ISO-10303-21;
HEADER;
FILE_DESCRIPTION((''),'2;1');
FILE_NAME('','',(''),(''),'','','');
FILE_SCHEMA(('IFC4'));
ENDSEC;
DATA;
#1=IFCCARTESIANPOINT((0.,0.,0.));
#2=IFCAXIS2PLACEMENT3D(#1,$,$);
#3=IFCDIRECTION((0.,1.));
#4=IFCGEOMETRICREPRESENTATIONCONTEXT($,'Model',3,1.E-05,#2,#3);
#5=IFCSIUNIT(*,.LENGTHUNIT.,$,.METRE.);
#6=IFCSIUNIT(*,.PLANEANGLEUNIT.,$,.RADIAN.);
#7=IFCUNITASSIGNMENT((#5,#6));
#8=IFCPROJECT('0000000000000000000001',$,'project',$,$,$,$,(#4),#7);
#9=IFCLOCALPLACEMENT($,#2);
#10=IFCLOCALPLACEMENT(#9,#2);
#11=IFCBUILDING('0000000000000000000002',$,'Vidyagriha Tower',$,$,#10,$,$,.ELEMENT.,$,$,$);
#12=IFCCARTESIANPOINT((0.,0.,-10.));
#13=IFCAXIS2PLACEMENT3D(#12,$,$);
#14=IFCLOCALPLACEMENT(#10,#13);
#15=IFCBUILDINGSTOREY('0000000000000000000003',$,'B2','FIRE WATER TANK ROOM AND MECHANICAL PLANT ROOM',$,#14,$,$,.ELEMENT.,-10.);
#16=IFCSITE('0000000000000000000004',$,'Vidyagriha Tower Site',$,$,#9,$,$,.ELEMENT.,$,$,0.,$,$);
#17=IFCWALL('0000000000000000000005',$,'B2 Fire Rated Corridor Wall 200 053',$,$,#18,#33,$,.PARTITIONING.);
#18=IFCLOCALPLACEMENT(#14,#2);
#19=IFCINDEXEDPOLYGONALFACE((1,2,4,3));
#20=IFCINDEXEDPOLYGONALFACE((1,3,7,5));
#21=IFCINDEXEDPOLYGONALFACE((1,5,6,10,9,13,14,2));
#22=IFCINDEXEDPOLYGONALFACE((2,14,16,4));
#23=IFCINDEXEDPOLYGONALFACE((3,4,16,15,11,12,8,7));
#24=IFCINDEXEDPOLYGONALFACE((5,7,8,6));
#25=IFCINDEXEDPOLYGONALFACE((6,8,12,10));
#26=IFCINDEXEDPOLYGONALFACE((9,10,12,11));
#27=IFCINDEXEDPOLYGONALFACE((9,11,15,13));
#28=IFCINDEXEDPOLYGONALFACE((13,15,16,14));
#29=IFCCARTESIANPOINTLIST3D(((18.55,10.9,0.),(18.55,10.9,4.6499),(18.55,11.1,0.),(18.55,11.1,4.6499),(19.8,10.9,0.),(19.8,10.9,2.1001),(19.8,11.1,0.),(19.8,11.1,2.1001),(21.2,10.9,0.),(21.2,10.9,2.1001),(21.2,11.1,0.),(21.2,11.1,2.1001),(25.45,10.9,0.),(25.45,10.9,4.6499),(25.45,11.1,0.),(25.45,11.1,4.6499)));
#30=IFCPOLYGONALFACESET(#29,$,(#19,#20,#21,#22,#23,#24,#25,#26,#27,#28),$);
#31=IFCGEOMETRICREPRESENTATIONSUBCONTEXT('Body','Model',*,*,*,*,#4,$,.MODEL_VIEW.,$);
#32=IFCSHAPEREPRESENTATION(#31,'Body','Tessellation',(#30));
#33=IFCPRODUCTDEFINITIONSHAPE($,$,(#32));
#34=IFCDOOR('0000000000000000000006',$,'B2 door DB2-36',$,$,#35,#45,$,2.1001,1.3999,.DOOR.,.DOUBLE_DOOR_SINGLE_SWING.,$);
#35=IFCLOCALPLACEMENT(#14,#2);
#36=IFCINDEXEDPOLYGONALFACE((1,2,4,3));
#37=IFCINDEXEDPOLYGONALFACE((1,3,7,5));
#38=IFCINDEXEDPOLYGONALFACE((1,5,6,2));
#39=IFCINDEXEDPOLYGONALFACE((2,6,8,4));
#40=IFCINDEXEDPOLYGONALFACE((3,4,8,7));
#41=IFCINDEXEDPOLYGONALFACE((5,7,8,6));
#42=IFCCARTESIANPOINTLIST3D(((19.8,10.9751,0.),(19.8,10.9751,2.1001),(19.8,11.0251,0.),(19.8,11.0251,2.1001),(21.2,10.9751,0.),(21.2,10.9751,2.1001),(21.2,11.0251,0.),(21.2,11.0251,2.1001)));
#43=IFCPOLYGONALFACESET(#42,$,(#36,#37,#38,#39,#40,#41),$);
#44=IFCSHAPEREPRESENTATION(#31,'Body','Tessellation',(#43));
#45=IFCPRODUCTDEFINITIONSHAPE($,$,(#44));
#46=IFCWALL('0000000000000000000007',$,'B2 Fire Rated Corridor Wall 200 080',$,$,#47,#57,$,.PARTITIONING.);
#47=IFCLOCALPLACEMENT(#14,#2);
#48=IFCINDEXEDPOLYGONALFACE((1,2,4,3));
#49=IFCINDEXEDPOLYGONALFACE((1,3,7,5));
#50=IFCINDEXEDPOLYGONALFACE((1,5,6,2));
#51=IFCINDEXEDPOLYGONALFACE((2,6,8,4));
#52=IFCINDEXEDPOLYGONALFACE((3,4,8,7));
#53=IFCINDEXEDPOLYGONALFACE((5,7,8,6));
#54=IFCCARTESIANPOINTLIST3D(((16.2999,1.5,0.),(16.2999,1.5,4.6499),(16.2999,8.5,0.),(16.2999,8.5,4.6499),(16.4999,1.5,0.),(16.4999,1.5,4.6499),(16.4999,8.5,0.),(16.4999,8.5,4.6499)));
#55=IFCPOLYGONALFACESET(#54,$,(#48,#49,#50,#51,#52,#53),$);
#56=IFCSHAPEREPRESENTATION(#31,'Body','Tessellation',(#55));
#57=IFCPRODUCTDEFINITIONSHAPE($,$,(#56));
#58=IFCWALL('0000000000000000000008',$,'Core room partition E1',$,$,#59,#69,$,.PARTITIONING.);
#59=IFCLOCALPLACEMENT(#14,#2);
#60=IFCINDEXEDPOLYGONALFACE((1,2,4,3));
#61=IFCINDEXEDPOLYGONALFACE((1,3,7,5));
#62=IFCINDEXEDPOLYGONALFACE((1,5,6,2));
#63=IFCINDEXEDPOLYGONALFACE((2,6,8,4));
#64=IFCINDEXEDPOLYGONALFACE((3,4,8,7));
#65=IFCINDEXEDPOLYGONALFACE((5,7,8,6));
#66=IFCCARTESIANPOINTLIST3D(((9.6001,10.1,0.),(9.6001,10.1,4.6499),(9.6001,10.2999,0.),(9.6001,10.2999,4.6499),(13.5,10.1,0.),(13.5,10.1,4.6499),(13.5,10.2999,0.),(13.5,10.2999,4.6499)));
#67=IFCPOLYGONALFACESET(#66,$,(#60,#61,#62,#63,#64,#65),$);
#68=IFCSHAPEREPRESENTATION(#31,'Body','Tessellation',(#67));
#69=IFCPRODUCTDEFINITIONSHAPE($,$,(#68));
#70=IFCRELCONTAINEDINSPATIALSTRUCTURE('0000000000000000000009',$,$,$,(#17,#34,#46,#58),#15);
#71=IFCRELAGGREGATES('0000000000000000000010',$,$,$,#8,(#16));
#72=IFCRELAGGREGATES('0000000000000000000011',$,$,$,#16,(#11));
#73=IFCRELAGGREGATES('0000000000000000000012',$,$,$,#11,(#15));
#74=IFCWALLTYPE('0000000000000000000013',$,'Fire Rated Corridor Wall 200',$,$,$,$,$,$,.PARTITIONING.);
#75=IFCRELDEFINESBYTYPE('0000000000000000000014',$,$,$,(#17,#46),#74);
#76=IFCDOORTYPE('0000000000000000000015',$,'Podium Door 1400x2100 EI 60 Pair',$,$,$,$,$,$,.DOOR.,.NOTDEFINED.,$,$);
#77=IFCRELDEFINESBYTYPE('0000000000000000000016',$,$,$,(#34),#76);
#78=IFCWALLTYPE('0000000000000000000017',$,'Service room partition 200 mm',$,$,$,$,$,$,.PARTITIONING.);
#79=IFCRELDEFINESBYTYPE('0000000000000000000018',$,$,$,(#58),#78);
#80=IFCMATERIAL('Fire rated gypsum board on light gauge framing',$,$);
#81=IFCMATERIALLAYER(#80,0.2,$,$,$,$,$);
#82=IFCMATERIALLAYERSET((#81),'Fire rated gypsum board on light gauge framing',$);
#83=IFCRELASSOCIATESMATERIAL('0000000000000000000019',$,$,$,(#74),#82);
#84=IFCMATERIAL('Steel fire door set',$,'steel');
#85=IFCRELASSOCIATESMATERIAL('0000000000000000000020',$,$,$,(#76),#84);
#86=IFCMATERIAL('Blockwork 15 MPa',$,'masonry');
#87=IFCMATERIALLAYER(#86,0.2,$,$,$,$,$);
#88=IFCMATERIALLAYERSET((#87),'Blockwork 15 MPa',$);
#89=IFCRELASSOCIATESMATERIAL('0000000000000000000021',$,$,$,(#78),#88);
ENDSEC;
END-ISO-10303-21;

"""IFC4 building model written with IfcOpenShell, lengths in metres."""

from ifc_helpers import new_model, si_unit, direction, frame, frame_2d, origin, place, context, subcontext, project, spatial, rectangle, extrude, material, layer, layer_set, type_object, element, fill, save


model = new_model("IFC4")

# Units and contexts
model_context = context("Model", 3, precision=1e-05, world=origin(), true_north=direction((0.0, 1.0)))
body_context = subcontext(model_context, "Body", "Model", "MODEL_VIEW")
ifc_project = project(units=[si_unit("LENGTHUNIT", "METRE"), si_unit("PLANEANGLEUNIT", "RADIAN")], contexts=[model_context])

# Site, building, storey
site_placement = place(None, origin())
site = spatial("IfcSite", under=ifc_project, at=site_placement, Name="Vidyagriha Tower Site", CompositionType="ELEMENT", RefElevation=0.0)
building_placement = place(site_placement, origin())
building = spatial("IfcBuilding", under=site, at=building_placement, Name="Vidyagriha Tower", CompositionType="ELEMENT")
storey_placement = place(building_placement, frame((0.0, 0.0, -10.0)))
storey = spatial("IfcBuildingStorey", under=building, at=storey_placement, Name="B2", Description="FIRE WATER TANK ROOM AND MECHANICAL PLANT ROOM", CompositionType="ELEMENT", Elevation=-10.0)

# Shared definitions
ifc_material_1 = material(Name="Fire rated gypsum board on light gauge framing")
ifc_layer_1 = layer(ifc_material_1, 0.2)
ifc_layer_set_1 = layer_set([ifc_layer_1], Name="Fire rated gypsum board on light gauge framing")
wall_type_1 = type_object("IfcWallType", Name="Fire Rated Corridor Wall 200", PredefinedType="PARTITIONING", material=ifc_layer_set_1)

# Shared definitions
ifc_material_2 = material(Name="Steel fire door set", Category="steel")
door_type_1 = type_object("IfcDoorType", Name="Podium Door 1400x2100 EI 60 Pair", OperationType="NOTDEFINED", PredefinedType="DOOR", material=ifc_material_2)

# Wall, opening, door
wall_1_placement = place(storey_placement, frame((18.55, 11.0, 0.0)))
wall_1 = element("IfcWall", 1, at=wall_1_placement, inside=storey, type_object=wall_type_1, Name="B2 Fire Rated Corridor Wall 200 053", PredefinedType="PARTITIONING", context=body_context, shape_type="SweptSolid", body=[
    extrude(rectangle(XDim=6.8999, YDim=0.2, at=frame_2d((3.45, 0.0))), origin(), (0.0, 0.0, 1.0), 4.6499),
])
opening_1_placement = place(wall_1_placement, frame((1.25, 0.0, 0.0)))
opening_1 = element("IfcOpeningElement", 2, at=opening_1_placement, cuts=wall_1, PredefinedType="OPENING", context=body_context, shape_type="SweptSolid", body=[
    extrude(rectangle(XDim=1.3999, YDim=2.1001, at=frame_2d((0.7, 1.05))), frame((0.0, 0.1099, 0.0), z_axis=(0.0, -1.0, 0.0), x_axis=(1.0, 0.0, 0.0)), (0.0, 0.0, 1.0), 0.22),
])
door_1_placement = place(opening_1_placement, frame((1.3999, 0.0, 0.0), z_axis=(0.0, 0.0, 1.0), x_axis=(-1.0, 0.0, 0.0)))
door_1 = element("IfcDoor", 3, at=door_1_placement, inside=storey, type_object=door_type_1, Name="B2 door DB2-36", OperationType="DOUBLE_DOOR_SINGLE_SWING", OverallHeight=2.1001, OverallWidth=1.3999, PredefinedType="DOOR", context=body_context, shape_type="SweptSolid", body=[
    extrude(rectangle(XDim=1.3999, YDim=2.1001, at=frame_2d((0.7, 1.05))), frame((0.0, 0.0249, 0.0), z_axis=(0.0, -1.0, 0.0), x_axis=(1.0, 0.0, 0.0)), (0.0, 0.0, 1.0), 0.05),
])
fill(opening_1, door_1)

# Walls
wall_2_placement = place(storey_placement, frame((16.3999, 1.5, 0.0), z_axis=(0.0, 0.0, 1.0), x_axis=(0.0, 1.0, 0.0)))
element("IfcWall", 4, at=wall_2_placement, inside=storey, type_object=wall_type_1, Name="B2 Fire Rated Corridor Wall 200 080", PredefinedType="PARTITIONING", context=body_context, shape_type="SweptSolid", body=[
    extrude(rectangle(XDim=7.0, YDim=0.2, at=frame_2d((3.5, 0.0))), origin(), (0.0, 0.0, 1.0), 4.6499),
])
ifc_material_3 = material(Name="Blockwork 15 MPa", Category="masonry")
ifc_layer_2 = layer(ifc_material_3, 0.2)
ifc_layer_set_2 = layer_set([ifc_layer_2], Name="Blockwork 15 MPa")
wall_type_2 = type_object("IfcWallType", Name="Service room partition 200 mm", PredefinedType="PARTITIONING", material=ifc_layer_set_2)
wall_3_placement = place(storey_placement, frame((9.6001, 10.2, 0.0)))
element("IfcWall", 5, at=wall_3_placement, inside=storey, type_object=wall_type_2, Name="Core room partition E1", PredefinedType="PARTITIONING", context=body_context, shape_type="SweptSolid", body=[
    extrude(rectangle(XDim=3.8999, YDim=0.2, at=frame_2d((1.95, 0.0))), origin(), (0.0, 0.0, 1.0), 4.6499),
])

save(model, "model.ifc")
